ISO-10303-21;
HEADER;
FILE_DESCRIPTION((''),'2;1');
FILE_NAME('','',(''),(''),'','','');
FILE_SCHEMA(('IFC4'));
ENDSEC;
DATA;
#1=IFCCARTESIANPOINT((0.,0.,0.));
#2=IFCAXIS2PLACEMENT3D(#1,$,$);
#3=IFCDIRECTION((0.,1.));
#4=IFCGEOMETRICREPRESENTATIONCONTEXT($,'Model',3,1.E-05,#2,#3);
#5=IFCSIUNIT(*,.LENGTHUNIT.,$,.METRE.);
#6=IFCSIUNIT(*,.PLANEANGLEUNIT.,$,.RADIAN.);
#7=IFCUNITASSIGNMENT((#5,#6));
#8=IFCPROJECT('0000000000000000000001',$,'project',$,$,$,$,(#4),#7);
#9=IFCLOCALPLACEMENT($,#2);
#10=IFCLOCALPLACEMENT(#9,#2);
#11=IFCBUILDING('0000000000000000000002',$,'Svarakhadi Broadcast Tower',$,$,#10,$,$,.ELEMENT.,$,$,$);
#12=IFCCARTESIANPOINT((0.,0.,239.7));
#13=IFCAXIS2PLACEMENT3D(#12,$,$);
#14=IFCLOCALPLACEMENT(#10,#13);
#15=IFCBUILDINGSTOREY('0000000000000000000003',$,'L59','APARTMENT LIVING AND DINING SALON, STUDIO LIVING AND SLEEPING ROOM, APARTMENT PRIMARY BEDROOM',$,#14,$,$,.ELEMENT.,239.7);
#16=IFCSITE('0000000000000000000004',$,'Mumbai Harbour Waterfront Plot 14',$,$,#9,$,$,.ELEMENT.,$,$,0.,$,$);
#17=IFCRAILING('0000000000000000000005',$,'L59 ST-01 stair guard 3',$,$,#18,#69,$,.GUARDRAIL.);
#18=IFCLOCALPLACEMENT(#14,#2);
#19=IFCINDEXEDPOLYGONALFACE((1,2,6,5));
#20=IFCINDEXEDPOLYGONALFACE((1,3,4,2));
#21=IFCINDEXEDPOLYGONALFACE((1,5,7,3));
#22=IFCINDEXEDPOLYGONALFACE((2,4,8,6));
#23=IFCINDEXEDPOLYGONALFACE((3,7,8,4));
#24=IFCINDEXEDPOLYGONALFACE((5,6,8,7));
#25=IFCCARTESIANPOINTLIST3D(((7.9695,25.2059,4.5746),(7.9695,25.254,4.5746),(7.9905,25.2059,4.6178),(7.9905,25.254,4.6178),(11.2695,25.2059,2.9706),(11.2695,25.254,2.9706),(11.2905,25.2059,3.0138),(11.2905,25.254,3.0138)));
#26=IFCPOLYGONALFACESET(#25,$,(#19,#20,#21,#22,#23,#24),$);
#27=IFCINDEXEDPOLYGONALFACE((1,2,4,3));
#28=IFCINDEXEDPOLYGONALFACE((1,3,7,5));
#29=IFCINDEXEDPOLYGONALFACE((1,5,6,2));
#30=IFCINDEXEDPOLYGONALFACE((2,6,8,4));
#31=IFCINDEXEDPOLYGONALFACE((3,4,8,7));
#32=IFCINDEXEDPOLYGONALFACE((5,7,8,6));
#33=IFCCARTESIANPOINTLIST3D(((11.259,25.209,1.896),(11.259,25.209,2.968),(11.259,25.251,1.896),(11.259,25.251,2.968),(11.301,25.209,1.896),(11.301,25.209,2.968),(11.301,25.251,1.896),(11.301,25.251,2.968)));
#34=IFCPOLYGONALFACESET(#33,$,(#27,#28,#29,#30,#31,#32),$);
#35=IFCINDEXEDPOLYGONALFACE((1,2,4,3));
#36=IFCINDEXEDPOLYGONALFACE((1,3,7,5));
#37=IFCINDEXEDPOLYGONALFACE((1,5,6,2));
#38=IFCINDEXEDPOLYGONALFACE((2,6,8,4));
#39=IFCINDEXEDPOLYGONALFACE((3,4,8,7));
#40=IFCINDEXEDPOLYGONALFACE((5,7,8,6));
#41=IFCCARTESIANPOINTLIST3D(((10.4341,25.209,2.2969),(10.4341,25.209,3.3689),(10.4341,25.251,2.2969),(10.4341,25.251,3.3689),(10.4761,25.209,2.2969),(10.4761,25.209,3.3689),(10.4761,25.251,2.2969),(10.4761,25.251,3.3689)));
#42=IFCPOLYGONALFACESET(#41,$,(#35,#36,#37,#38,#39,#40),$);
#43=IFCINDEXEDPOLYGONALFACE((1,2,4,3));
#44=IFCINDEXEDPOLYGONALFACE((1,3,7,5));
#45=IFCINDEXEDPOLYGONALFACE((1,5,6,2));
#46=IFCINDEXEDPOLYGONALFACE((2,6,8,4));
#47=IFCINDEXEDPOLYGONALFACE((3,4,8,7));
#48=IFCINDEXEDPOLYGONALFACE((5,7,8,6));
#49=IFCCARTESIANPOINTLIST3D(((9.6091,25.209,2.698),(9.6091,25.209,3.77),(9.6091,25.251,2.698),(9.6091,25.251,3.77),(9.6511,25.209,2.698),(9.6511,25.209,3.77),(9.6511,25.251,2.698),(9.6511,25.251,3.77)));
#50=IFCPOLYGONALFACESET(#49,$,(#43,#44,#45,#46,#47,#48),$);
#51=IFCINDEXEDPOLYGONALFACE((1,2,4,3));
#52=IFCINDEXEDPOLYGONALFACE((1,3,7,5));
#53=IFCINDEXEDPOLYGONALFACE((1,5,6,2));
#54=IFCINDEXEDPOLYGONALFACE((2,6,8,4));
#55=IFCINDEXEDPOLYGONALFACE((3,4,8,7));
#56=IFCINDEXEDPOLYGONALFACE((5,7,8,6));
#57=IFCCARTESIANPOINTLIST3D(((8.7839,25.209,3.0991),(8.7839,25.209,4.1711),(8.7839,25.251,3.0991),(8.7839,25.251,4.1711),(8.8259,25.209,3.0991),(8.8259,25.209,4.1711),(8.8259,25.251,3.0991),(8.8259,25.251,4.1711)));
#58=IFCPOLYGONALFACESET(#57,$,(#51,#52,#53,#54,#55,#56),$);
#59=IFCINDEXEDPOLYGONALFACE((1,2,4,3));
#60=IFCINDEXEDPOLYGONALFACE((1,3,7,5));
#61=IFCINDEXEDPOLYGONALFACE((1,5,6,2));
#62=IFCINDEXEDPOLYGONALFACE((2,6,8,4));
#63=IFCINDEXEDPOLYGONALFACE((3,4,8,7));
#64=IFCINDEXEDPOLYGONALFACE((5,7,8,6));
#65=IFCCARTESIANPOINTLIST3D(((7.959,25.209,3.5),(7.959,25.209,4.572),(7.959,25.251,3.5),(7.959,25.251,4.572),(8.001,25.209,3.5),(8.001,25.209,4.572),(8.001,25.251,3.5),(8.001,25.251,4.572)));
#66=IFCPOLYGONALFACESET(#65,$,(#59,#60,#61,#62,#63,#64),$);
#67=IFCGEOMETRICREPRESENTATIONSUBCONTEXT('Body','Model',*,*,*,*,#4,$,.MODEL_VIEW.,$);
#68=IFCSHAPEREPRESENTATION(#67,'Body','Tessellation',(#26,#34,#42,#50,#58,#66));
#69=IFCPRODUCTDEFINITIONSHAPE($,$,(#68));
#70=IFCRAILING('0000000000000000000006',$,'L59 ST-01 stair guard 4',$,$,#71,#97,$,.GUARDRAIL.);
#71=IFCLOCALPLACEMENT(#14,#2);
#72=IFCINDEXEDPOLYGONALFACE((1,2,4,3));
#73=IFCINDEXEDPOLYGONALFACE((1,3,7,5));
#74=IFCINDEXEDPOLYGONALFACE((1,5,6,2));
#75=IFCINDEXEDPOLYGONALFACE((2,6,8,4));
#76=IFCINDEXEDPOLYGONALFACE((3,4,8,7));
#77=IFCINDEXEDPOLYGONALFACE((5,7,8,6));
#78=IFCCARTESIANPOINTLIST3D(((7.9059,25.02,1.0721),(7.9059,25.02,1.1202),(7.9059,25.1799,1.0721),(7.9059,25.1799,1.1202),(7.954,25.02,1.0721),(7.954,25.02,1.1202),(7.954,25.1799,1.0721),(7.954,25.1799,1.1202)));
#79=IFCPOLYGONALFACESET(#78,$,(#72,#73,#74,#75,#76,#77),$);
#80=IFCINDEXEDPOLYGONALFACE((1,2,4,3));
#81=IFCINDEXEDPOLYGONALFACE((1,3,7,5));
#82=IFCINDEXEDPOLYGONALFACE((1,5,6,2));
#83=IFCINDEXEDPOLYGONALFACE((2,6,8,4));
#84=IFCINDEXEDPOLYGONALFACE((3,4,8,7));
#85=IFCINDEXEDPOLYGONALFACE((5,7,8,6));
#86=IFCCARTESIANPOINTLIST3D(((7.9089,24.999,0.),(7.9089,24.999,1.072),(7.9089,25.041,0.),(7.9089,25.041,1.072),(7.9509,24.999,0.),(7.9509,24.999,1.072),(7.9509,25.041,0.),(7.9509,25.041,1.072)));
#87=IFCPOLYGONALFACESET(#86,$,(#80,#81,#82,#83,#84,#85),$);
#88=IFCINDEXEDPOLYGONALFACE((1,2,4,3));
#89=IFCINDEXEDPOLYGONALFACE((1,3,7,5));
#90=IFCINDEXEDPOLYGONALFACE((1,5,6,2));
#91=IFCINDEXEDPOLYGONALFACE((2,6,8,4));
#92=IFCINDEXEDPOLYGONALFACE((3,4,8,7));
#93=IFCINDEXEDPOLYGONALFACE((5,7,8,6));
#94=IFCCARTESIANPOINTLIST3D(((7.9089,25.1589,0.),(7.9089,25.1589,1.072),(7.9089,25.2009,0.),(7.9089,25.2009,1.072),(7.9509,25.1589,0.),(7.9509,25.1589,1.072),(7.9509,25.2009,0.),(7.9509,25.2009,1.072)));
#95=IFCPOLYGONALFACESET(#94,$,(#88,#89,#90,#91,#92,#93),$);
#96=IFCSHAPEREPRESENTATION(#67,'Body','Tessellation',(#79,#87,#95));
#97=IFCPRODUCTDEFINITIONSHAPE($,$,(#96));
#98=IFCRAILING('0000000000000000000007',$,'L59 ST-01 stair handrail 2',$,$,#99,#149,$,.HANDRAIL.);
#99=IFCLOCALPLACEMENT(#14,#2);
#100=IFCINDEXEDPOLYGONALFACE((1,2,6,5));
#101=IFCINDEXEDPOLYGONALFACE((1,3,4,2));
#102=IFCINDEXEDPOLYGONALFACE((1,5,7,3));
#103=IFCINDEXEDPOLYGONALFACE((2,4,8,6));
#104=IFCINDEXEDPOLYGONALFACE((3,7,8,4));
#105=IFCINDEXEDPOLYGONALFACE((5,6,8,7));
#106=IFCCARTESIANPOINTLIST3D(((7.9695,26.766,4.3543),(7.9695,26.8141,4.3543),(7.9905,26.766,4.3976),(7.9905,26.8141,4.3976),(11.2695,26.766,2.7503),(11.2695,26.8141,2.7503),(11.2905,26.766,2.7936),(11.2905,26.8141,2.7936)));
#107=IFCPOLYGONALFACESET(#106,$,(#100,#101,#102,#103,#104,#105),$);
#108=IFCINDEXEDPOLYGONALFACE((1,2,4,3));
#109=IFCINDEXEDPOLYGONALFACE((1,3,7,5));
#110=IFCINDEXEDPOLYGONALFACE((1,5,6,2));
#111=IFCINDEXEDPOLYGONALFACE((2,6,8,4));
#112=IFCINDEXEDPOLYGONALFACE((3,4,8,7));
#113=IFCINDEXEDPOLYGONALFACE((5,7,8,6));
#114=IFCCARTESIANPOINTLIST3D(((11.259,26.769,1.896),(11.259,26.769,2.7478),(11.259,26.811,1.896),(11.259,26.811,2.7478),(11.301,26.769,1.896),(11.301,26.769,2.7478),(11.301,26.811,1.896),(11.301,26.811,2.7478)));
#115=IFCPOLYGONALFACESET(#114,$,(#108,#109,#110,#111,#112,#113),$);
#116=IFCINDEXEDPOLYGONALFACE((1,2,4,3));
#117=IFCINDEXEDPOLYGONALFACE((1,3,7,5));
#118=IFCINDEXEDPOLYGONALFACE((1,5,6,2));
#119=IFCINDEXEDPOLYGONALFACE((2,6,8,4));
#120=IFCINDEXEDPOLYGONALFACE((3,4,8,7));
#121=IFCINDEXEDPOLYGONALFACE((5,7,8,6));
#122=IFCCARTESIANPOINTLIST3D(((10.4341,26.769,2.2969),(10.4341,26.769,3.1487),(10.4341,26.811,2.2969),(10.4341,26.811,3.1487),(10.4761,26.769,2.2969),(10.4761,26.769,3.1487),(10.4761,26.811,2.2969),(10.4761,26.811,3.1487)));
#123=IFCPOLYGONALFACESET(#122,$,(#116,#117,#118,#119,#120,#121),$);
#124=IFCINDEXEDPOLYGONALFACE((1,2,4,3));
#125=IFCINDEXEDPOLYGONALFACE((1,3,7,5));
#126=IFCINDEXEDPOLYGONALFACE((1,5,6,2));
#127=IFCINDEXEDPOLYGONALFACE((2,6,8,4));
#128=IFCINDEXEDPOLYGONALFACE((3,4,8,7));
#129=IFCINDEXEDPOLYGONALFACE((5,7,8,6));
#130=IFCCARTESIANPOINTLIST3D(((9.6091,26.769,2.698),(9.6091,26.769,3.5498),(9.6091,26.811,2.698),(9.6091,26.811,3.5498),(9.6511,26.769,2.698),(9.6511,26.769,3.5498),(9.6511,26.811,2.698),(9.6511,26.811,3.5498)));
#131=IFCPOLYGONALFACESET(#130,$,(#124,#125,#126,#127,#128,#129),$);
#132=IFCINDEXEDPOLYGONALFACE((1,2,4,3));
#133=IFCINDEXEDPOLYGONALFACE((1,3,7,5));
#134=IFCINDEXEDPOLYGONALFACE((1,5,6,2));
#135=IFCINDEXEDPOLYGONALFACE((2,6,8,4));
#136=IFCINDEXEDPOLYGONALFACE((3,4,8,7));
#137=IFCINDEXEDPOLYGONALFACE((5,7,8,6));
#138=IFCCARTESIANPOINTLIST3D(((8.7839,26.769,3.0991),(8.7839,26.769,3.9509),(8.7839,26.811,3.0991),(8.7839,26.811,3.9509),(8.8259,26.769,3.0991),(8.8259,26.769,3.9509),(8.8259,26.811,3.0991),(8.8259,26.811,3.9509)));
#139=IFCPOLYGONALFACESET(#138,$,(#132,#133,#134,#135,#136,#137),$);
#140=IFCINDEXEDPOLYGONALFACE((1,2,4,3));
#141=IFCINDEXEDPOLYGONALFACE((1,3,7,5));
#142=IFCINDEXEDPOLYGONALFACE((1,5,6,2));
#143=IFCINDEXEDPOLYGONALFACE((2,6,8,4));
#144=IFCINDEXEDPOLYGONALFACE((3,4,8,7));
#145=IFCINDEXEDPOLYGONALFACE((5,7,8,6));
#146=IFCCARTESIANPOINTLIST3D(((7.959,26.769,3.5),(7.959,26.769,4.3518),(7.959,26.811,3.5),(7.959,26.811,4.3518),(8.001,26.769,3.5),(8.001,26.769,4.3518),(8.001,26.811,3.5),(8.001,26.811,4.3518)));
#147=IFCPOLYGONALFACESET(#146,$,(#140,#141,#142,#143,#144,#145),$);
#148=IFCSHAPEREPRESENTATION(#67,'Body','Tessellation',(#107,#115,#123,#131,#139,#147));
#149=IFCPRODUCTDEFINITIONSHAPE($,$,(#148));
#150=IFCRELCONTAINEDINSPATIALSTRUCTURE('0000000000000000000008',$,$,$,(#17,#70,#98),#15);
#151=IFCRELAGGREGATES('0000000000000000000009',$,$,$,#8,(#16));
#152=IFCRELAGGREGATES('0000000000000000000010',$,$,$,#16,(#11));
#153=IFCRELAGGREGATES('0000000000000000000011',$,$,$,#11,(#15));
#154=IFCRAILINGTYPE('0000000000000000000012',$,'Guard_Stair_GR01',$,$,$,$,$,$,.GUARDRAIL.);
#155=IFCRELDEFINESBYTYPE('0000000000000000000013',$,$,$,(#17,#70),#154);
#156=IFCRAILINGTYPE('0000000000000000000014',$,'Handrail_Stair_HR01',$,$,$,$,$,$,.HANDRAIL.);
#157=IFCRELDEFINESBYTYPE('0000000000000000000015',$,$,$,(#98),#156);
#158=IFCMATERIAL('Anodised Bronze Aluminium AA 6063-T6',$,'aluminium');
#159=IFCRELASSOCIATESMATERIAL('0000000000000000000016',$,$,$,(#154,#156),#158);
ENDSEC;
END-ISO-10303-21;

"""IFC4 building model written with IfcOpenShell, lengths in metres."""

from ifc_helpers import new_model, si_unit, direction, frame, origin, origin_2d, place, context, subcontext, project, spatial, rectangle, extrude, material, type_object, element, save


model = new_model("IFC4")

# Units and contexts
model_context = context("Model", 3, precision=1e-05, world=origin(), true_north=direction((0.0, 1.0)))
body_context = subcontext(model_context, "Body", "Model", "MODEL_VIEW")
ifc_project = project(units=[si_unit("LENGTHUNIT", "METRE"), si_unit("PLANEANGLEUNIT", "RADIAN")], contexts=[model_context])

# Site, building, storey
site_placement = place(None, origin())
site = spatial("IfcSite", under=ifc_project, at=site_placement, Name="Mumbai Harbour Waterfront Plot 14", CompositionType="ELEMENT", RefElevation=0.0)
building_placement = place(site_placement, origin())
building = spatial("IfcBuilding", under=site, at=building_placement, Name="Svarakhadi Broadcast Tower", CompositionType="ELEMENT")
storey_placement = place(building_placement, frame((0.0, 0.0, 239.7)))
storey = spatial("IfcBuildingStorey", under=building, at=storey_placement, Name="L59", Description="APARTMENT LIVING AND DINING SALON, STUDIO LIVING AND SLEEPING ROOM, APARTMENT PRIMARY BEDROOM", CompositionType="ELEMENT", Elevation=239.7)

# Shared definitions
ifc_material_1 = material(Name="Anodised Bronze Aluminium AA 6063-T6", Category="aluminium")

# Railings
railing_type_1 = type_object("IfcRailingType", Name="Guard_Stair_GR01", PredefinedType="GUARDRAIL", material=ifc_material_1)
railing_1_placement = place(storey_placement, frame((11.28, 25.23, 1.896)))
element("IfcRailing", 1, at=railing_1_placement, inside=storey, type_object=railing_type_1, Name="L59 ST-01 stair guard 3", PredefinedType="GUARDRAIL", context=body_context, shape_type="SweptSolid", body=[
    extrude(rectangle(XDim=0.0481, YDim=0.0481, at=origin_2d()), frame((0.0, 0.0, 1.0962), z_axis=(-0.899388, 0.0, 0.437152), x_axis=(0.0, -1.0, 0.0)), (0.0, 0.0, 1.0), 3.6692),
    extrude(rectangle(XDim=0.042, YDim=0.042, at=origin_2d()), origin(), (0.0, 0.0, 1.0), 1.072),
    extrude(rectangle(XDim=0.042, YDim=0.042, at=origin_2d()), frame((-0.825, 0.0, 0.4009)), (0.0, 0.0, 1.0), 1.072),
    extrude(rectangle(XDim=0.042, YDim=0.042, at=origin_2d()), frame((-1.6499, 0.0, 0.802)), (0.0, 0.0, 1.0), 1.072),
    extrude(rectangle(XDim=0.042, YDim=0.042, at=origin_2d()), frame((-2.4751, 0.0, 1.2031)), (0.0, 0.0, 1.0), 1.072),
    extrude(rectangle(XDim=0.042, YDim=0.042, at=origin_2d()), frame((-3.3, 0.0, 1.604)), (0.0, 0.0, 1.0), 1.072),
])
railing_2_placement = place(storey_placement, frame((7.9299, 25.02, 0.0)))
element("IfcRailing", 2, at=railing_2_placement, inside=storey, type_object=railing_type_1, Name="L59 ST-01 stair guard 4", PredefinedType="GUARDRAIL", context=body_context, shape_type="SweptSolid", body=[
    extrude(rectangle(XDim=0.0481, YDim=0.0481, at=origin_2d()), frame((0.0, 0.0, 1.0962), z_axis=(0.0, 1.0, 0.0), x_axis=(-1.0, 0.0, 0.0)), (0.0, 0.0, 1.0), 0.1599),
    extrude(rectangle(XDim=0.042, YDim=0.042, at=origin_2d()), origin(), (0.0, 0.0, 1.0), 1.072),
    extrude(rectangle(XDim=0.042, YDim=0.042, at=origin_2d()), frame((0.0, 0.1599, 0.0)), (0.0, 0.0, 1.0), 1.072),
])
railing_type_2 = type_object("IfcRailingType", Name="Handrail_Stair_HR01", PredefinedType="HANDRAIL", material=ifc_material_1)
railing_3_placement = place(storey_placement, frame((11.28, 26.79, 1.896)))
element("IfcRailing", 3, at=railing_3_placement, inside=storey, type_object=railing_type_2, Name="L59 ST-01 stair handrail 2", PredefinedType="HANDRAIL", context=body_context, shape_type="SweptSolid", body=[
    extrude(rectangle(XDim=0.0481, YDim=0.0481, at=origin_2d()), frame((0.0, 0.0, 0.876), z_axis=(-0.899388, 0.0, 0.437152), x_axis=(0.0, -1.0, 0.0)), (0.0, 0.0, 1.0), 3.6692),
    extrude(rectangle(XDim=0.042, YDim=0.042, at=origin_2d()), origin(), (0.0, 0.0, 1.0), 0.8518),
    extrude(rectangle(XDim=0.042, YDim=0.042, at=origin_2d()), frame((-0.825, 0.0, 0.4009)), (0.0, 0.0, 1.0), 0.8518),
    extrude(rectangle(XDim=0.042, YDim=0.042, at=origin_2d()), frame((-1.6499, 0.0, 0.802)), (0.0, 0.0, 1.0), 0.8518),
    extrude(rectangle(XDim=0.042, YDim=0.042, at=origin_2d()), frame((-2.4751, 0.0, 1.2031)), (0.0, 0.0, 1.0), 0.8518),
    extrude(rectangle(XDim=0.042, YDim=0.042, at=origin_2d()), frame((-3.3, 0.0, 1.604)), (0.0, 0.0, 1.0), 0.8518),
])

save(model, "model.ifc")
